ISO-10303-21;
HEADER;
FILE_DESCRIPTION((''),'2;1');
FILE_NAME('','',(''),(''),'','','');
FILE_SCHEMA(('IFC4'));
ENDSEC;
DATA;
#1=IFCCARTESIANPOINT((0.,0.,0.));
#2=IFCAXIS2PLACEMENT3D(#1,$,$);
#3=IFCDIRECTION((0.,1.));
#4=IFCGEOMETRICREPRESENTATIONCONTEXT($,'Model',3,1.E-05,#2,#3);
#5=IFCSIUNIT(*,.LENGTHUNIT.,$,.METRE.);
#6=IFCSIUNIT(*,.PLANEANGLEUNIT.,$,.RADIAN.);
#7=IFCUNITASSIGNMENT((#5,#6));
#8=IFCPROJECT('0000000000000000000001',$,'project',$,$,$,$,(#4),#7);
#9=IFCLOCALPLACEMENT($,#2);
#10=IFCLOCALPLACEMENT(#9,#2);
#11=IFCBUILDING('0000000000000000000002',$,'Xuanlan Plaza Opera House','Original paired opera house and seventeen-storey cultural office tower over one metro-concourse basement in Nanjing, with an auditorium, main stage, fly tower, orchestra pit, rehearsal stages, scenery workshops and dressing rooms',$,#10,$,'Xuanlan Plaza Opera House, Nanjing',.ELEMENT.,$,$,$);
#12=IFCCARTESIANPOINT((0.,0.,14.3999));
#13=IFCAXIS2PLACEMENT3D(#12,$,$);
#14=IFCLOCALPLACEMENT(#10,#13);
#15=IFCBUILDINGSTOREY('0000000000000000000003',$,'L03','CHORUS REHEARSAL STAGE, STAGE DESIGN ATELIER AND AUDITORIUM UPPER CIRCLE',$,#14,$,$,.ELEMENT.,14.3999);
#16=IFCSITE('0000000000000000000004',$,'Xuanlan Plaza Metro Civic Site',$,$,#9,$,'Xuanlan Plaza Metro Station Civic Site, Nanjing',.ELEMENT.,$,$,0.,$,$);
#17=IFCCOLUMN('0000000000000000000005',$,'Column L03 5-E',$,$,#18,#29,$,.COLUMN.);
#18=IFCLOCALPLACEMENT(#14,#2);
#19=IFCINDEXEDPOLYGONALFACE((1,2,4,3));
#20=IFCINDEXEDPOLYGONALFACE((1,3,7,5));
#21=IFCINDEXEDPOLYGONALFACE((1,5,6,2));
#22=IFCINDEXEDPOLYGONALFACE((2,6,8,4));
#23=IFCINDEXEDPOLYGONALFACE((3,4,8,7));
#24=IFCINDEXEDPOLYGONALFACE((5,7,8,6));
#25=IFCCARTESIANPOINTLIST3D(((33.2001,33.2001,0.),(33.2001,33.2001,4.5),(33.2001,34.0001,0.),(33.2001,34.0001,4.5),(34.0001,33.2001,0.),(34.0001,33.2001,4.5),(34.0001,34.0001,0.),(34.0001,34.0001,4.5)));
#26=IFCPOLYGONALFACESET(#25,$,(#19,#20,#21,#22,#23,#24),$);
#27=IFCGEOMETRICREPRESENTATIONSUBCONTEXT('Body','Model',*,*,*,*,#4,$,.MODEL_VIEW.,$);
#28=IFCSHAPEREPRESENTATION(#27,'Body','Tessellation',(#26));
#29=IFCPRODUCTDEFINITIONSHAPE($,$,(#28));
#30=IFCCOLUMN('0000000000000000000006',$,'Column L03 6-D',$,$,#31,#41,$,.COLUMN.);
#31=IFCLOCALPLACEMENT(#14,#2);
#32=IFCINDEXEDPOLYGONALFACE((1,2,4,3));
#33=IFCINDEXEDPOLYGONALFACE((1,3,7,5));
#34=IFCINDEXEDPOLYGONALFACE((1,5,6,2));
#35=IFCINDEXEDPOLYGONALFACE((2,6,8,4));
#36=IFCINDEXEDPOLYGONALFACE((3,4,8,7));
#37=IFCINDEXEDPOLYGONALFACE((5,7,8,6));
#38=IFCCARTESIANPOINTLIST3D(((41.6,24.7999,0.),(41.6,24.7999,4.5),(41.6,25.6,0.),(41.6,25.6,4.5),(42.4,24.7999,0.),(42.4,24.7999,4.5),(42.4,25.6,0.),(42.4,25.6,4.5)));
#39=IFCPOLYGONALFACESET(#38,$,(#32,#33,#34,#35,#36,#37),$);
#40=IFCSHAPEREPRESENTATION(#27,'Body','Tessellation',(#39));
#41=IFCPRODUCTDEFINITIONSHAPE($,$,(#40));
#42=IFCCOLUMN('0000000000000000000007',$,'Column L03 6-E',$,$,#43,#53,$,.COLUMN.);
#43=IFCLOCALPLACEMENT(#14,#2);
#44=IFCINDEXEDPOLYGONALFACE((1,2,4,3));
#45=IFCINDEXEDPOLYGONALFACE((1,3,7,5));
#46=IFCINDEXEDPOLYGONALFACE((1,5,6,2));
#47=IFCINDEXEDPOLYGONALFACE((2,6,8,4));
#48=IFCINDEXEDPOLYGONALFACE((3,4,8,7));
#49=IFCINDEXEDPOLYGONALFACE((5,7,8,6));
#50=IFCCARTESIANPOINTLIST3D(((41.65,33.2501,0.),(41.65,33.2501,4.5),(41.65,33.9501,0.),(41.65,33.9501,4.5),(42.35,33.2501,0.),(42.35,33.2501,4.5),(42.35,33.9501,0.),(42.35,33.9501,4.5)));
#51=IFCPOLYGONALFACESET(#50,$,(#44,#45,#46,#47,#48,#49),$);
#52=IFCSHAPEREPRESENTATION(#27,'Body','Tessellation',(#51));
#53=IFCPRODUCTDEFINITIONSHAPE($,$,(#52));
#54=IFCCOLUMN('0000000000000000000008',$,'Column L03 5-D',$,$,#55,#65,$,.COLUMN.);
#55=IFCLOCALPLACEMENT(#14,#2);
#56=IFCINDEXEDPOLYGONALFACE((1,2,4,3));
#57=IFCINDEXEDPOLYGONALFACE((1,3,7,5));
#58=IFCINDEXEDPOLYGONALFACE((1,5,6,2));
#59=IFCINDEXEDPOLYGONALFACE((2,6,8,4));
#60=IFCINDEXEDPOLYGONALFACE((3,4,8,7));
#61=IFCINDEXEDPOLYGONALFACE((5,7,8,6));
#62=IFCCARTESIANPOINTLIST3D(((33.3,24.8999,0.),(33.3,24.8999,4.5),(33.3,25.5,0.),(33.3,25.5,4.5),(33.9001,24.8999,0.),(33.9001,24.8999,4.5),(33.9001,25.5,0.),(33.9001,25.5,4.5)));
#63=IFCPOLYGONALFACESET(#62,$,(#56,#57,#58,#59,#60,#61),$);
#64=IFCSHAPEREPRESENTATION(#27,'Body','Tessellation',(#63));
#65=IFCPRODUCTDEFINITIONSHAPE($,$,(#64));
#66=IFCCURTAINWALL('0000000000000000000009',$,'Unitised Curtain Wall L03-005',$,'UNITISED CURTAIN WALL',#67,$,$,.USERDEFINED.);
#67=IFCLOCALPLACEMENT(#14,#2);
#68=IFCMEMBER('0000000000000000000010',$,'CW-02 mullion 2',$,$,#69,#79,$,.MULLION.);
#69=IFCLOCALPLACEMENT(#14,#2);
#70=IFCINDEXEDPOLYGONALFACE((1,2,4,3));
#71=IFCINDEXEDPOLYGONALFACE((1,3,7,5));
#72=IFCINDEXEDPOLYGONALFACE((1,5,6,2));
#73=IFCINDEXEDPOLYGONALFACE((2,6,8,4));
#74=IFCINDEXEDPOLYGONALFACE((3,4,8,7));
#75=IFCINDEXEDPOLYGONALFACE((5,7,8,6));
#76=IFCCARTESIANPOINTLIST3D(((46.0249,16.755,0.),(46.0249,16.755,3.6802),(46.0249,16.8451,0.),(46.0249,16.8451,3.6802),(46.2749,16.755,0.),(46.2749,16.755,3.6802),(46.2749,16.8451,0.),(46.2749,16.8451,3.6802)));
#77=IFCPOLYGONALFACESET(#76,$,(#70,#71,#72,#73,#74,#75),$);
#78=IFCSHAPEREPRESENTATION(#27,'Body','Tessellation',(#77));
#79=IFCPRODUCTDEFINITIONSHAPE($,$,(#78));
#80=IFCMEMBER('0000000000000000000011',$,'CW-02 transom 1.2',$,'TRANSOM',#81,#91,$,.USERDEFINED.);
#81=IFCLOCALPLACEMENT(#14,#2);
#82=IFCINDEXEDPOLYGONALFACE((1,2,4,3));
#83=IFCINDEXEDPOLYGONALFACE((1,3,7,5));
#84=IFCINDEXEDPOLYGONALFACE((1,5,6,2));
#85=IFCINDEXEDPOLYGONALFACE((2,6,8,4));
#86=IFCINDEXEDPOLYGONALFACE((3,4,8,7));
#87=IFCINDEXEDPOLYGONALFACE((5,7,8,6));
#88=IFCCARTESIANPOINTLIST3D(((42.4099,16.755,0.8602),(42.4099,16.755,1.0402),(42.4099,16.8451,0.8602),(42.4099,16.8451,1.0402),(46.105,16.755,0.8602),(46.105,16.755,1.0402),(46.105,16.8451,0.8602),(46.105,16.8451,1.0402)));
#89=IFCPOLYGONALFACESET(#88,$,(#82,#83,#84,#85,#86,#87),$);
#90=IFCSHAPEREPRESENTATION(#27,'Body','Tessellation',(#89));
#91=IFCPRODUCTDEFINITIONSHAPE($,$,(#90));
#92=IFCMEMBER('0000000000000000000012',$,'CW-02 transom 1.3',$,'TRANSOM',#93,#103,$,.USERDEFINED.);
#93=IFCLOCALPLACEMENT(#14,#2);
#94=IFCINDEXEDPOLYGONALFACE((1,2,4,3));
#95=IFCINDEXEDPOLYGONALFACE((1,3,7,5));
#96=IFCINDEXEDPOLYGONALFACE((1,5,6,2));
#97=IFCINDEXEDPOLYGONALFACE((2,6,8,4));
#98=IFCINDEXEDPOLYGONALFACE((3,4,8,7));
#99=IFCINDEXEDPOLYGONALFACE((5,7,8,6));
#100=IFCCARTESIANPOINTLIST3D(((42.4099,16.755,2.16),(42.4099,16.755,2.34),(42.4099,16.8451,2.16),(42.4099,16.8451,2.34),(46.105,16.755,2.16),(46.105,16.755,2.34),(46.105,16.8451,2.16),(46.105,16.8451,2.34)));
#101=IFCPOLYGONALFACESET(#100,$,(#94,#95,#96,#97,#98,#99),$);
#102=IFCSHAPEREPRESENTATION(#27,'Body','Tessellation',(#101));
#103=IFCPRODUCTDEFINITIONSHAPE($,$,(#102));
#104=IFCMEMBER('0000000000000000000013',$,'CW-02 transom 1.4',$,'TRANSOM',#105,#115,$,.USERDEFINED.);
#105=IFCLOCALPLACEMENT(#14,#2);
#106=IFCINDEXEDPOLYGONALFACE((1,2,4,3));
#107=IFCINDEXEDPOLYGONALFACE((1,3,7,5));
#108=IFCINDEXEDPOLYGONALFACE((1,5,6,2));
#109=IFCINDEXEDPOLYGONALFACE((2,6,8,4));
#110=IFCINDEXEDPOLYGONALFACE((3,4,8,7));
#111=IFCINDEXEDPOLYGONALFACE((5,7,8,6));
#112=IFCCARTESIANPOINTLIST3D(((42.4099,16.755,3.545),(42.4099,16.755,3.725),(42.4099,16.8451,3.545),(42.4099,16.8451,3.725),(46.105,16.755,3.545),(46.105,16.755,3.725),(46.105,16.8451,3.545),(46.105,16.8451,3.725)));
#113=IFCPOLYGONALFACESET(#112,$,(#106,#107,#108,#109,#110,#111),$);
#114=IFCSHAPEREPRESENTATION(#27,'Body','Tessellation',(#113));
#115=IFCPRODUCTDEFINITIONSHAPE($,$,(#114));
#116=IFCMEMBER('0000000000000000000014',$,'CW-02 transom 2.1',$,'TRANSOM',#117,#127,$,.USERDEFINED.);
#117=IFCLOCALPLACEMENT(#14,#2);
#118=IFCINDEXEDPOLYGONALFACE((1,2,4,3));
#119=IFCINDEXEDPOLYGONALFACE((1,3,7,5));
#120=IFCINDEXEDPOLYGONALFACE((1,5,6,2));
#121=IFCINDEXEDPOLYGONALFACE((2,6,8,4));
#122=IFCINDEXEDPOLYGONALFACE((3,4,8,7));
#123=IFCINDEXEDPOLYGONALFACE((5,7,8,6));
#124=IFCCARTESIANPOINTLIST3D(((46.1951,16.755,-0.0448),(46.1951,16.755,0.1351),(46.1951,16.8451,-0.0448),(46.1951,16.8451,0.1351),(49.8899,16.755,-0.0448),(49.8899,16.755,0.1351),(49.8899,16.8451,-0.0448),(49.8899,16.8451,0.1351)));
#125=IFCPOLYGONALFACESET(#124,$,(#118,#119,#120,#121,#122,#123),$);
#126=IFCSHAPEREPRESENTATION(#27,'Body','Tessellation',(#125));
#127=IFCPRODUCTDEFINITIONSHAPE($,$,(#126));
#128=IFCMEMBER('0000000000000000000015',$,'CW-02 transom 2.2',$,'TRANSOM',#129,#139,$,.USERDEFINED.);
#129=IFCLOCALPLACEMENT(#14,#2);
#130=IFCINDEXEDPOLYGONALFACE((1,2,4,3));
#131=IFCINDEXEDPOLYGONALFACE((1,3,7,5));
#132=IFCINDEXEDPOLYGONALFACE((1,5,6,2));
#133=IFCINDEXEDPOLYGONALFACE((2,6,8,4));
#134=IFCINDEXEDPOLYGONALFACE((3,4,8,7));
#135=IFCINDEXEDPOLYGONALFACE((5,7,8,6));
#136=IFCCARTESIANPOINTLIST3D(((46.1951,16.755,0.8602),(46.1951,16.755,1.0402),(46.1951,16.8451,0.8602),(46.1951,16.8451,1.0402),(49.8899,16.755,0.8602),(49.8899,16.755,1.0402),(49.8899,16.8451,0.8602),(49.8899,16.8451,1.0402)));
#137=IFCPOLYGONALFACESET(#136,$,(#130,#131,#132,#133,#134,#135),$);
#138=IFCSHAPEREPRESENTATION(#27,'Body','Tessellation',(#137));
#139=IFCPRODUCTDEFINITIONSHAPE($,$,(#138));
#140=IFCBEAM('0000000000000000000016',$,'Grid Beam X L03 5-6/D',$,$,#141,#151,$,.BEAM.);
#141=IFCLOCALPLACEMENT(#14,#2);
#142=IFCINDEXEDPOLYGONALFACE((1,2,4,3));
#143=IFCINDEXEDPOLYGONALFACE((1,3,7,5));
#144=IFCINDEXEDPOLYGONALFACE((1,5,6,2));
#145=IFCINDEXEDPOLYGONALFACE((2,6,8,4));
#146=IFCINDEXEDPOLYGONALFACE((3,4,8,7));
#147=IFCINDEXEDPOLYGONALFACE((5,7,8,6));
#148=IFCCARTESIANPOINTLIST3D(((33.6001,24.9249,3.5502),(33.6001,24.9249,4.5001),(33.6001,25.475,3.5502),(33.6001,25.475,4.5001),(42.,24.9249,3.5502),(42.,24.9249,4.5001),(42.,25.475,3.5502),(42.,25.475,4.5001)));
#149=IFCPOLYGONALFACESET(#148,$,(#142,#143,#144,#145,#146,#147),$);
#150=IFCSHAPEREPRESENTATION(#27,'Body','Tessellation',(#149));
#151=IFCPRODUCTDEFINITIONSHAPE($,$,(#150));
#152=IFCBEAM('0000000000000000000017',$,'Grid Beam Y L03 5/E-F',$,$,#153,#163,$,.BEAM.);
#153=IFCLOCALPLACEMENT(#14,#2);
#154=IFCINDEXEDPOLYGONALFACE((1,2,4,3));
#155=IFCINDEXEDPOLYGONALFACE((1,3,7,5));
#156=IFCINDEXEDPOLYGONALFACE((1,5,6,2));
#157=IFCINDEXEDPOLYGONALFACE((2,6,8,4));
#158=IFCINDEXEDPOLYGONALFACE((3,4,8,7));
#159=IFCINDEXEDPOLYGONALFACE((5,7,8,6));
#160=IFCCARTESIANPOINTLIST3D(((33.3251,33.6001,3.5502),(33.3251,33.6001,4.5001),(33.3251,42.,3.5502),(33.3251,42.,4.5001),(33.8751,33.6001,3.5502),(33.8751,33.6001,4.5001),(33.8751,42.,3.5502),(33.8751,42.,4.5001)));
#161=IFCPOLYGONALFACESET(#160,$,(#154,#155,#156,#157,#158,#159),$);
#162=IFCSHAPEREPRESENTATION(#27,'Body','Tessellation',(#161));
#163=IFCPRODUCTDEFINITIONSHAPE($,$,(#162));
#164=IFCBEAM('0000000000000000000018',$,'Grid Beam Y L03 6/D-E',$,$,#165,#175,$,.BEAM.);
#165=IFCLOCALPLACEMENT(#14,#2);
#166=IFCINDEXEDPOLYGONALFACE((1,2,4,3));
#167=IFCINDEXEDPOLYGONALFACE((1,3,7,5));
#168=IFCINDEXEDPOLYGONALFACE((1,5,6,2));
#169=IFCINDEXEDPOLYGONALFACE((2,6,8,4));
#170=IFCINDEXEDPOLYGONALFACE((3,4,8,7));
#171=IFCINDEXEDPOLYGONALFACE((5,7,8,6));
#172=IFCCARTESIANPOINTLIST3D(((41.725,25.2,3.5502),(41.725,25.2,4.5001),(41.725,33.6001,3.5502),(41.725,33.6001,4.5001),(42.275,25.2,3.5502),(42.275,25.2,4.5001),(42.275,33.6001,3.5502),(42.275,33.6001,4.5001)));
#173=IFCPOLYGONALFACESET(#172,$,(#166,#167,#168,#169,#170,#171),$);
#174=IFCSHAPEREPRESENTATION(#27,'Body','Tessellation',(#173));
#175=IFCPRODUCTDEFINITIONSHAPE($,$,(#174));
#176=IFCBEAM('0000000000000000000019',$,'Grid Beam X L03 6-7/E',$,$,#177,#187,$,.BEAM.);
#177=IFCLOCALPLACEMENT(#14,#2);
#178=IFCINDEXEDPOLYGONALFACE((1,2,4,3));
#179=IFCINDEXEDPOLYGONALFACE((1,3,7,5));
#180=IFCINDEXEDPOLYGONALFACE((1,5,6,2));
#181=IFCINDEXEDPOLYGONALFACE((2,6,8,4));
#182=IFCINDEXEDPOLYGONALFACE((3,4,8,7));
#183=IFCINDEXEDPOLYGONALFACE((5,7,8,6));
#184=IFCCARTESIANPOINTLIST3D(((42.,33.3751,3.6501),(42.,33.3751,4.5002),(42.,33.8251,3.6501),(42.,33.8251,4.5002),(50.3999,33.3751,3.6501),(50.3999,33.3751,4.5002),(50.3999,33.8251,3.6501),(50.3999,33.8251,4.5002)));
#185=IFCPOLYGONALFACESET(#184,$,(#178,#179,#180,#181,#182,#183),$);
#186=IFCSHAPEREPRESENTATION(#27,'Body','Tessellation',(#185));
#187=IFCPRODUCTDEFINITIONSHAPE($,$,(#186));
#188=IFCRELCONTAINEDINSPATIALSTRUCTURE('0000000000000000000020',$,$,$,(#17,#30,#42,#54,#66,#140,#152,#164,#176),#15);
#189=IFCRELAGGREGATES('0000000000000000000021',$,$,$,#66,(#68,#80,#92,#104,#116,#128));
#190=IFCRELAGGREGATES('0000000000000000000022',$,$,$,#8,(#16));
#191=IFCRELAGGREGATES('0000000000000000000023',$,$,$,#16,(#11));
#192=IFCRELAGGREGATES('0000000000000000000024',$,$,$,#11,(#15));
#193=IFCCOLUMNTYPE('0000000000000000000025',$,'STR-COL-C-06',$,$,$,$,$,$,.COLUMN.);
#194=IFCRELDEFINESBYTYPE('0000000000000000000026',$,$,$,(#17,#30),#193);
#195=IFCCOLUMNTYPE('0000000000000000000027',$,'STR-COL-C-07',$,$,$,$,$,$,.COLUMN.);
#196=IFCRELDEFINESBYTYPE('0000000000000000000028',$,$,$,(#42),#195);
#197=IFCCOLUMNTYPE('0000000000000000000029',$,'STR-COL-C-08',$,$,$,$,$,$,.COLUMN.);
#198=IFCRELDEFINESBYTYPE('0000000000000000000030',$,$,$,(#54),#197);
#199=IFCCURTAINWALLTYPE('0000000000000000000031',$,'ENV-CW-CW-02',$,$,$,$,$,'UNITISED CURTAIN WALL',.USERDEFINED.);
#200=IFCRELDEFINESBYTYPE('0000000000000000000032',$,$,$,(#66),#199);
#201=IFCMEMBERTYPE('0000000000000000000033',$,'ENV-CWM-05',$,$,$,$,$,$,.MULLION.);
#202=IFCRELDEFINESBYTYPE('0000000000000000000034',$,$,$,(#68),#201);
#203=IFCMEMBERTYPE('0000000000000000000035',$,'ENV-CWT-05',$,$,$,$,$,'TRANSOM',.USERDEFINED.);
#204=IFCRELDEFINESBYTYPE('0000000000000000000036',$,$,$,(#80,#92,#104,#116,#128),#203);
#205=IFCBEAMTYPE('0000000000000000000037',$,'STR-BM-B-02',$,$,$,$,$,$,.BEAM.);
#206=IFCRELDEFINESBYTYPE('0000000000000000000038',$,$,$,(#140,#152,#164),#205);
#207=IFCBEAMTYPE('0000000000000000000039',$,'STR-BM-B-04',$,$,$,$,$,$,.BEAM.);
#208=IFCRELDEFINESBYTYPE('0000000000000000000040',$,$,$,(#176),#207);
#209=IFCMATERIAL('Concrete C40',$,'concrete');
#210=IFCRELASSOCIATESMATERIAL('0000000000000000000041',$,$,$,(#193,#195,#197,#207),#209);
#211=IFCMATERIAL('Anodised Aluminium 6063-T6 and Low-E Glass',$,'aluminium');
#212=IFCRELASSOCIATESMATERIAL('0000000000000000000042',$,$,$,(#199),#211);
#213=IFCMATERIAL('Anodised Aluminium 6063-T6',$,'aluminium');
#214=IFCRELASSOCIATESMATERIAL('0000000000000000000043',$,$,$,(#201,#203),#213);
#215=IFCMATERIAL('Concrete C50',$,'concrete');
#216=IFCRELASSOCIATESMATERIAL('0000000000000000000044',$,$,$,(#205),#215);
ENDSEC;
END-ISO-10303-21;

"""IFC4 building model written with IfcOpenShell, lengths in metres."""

from ifc_helpers import new_model, si_unit, direction, frame, origin, origin_2d, place, context, subcontext, project, spatial, rectangle, extrude, material, material_profile, profile_set, type_object, element, aggregate, save


model = new_model("IFC4")

# Units and contexts
model_context = context("Model", 3, precision=1e-05, world=origin(), true_north=direction((0.0, 1.0)))
body_context = subcontext(model_context, "Body", "Model", "MODEL_VIEW")
ifc_project = project(units=[si_unit("LENGTHUNIT", "METRE"), si_unit("PLANEANGLEUNIT", "RADIAN")], contexts=[model_context])

# Site, building, storey
site_placement = place(None, origin())
site = spatial("IfcSite", under=ifc_project, at=site_placement, Name="Xuanlan Plaza Metro Civic Site", LongName="Xuanlan Plaza Metro Station Civic Site, Nanjing", CompositionType="ELEMENT", RefElevation=0.0)
building_placement = place(site_placement, origin())
building = spatial("IfcBuilding", under=site, at=building_placement, Name="Xuanlan Plaza Opera House", Description="Original paired opera house and seventeen-storey cultural office tower over one metro-concourse basement in Nanjing, with an auditorium, main stage, fly tower, orchestra pit, rehearsal stages, scenery workshops and dressing rooms", LongName="Xuanlan Plaza Opera House, Nanjing", CompositionType="ELEMENT")
storey_placement = place(building_placement, frame((0.0, 0.0, 14.3999)))
storey = spatial("IfcBuildingStorey", under=building, at=storey_placement, Name="L03", Description="CHORUS REHEARSAL STAGE, STAGE DESIGN ATELIER AND AUDITORIUM UPPER CIRCLE", CompositionType="ELEMENT", Elevation=14.3999)

# Columns
ifc_material_1 = material(Name="Concrete C40", Category="concrete")
ifc_material_profile_1 = material_profile(ifc_material_1, rectangle(XDim=0.8, YDim=0.8, at=origin_2d()), Name="RC-COL 800x800")
ifc_profile_set_1 = profile_set([ifc_material_profile_1], Name="Concrete C40")
column_type_1 = type_object("IfcColumnType", Name="STR-COL-C-06", PredefinedType="COLUMN", material=ifc_profile_set_1)
for number, where, z_axis, x_axis, name in (
    (1, (33.6001, 33.6001, 0.0), (0.0, 0.0, 1.0), (1.0, 0.0, 0.0), "Column L03 5-E"),
    (2, (42.0, 25.2, 0.0), (0.0, 0.0, 1.0), (1.0, 0.0, 0.0), "Column L03 6-D"),
):
    element("IfcColumn", number, at=place(storey_placement, frame(where, z_axis=z_axis, x_axis=x_axis)), inside=storey, type_object=column_type_1, Name=name, PredefinedType="COLUMN", context=body_context, shape_type="SweptSolid", body=[
        extrude(rectangle(XDim=0.8, YDim=0.8, at=origin_2d()), origin(), (0.0, 0.0, 1.0), 4.5),
    ])
ifc_material_profile_2 = material_profile(ifc_material_1, rectangle(XDim=0.7, YDim=0.7, at=origin_2d()), Name="RC-COL 700x700")
ifc_profile_set_2 = profile_set([ifc_material_profile_2], Name="Concrete C40")
column_type_2 = type_object("IfcColumnType", Name="STR-COL-C-07", PredefinedType="COLUMN", material=ifc_profile_set_2)
column_1_placement = place(storey_placement, frame((42.0, 33.6001, 0.0), z_axis=(0.0, 0.0, 1.0), x_axis=(1.0, 0.0, 0.0)))
element("IfcColumn", 3, at=column_1_placement, inside=storey, type_object=column_type_2, Name="Column L03 6-E", PredefinedType="COLUMN", context=body_context, shape_type="SweptSolid", body=[
    extrude(rectangle(XDim=0.7, YDim=0.7, at=origin_2d()), origin(), (0.0, 0.0, 1.0), 4.5),
])
ifc_material_profile_3 = material_profile(ifc_material_1, rectangle(XDim=0.6001, YDim=0.6001, at=origin_2d()), Name="RC-COL 600x600")
ifc_profile_set_3 = profile_set([ifc_material_profile_3], Name="Concrete C40")
column_type_3 = type_object("IfcColumnType", Name="STR-COL-C-08", PredefinedType="COLUMN", material=ifc_profile_set_3)
column_2_placement = place(storey_placement, frame((33.6001, 25.2, 0.0), z_axis=(0.0, 0.0, 1.0), x_axis=(1.0, 0.0, 0.0)))
element("IfcColumn", 4, at=column_2_placement, inside=storey, type_object=column_type_3, Name="Column L03 5-D", PredefinedType="COLUMN", context=body_context, shape_type="SweptSolid", body=[
    extrude(rectangle(XDim=0.6001, YDim=0.6001, at=origin_2d()), origin(), (0.0, 0.0, 1.0), 4.5),
])

# Curtain wall, members
ifc_material_2 = material(Name="Anodised Aluminium 6063-T6 and Low-E Glass", Category="aluminium")
curtain_wall_type = type_object("IfcCurtainWallType", Name="ENV-CW-CW-02", ElementType="UNITISED CURTAIN WALL", PredefinedType="USERDEFINED", material=ifc_material_2)
curtain_wall_placement = place(storey_placement, origin())
curtain_wall = element("IfcCurtainWall", 5, at=curtain_wall_placement, inside=storey, type_object=curtain_wall_type, Name="Unitised Curtain Wall L03-005", ObjectType="UNITISED CURTAIN WALL", PredefinedType="USERDEFINED")
ifc_material_3 = material(Name="Anodised Aluminium 6063-T6", Category="aluminium")
ifc_material_profile_4 = material_profile(ifc_material_3, rectangle(XDim=0.0901, YDim=0.25, at=origin_2d()), Name="ALU-M 90x250")
ifc_profile_set_4 = profile_set([ifc_material_profile_4], Name="Anodised Aluminium 6063-T6")
member_type_1 = type_object("IfcMemberType", Name="ENV-CWM-05", PredefinedType="MULLION", material=ifc_profile_set_4)
member_1_placement = place(storey_placement, frame((46.1499, 16.8, 0.0), z_axis=(0.0, 0.0, 1.0), x_axis=(0.0, 1.0, 0.0)))
member_1 = element("IfcMember", 6, at=member_1_placement, type_object=member_type_1, Name="CW-02 mullion 2", PredefinedType="MULLION", context=body_context, shape_type="SweptSolid", body=[
    extrude(rectangle(XDim=0.0901, YDim=0.25, at=origin_2d()), origin(), (0.0, 0.0, 1.0), 3.6802),
])
ifc_material_profile_5 = material_profile(ifc_material_3, rectangle(XDim=0.0901, YDim=0.1799, at=origin_2d()), Name="ALU-T 90x180")
ifc_profile_set_5 = profile_set([ifc_material_profile_5], Name="Anodised Aluminium 6063-T6")
member_type_2 = type_object("IfcMemberType", Name="ENV-CWT-05", ElementType="TRANSOM", PredefinedType="USERDEFINED", material=ifc_profile_set_5)
member_2_placement = place(storey_placement, frame((42.4099, 16.8, 0.9502), z_axis=(1.0, 0.0, 0.0), x_axis=(0.0, 1.0, 0.0)))
member_2 = element("IfcMember", 7, at=member_2_placement, type_object=member_type_2, Name="CW-02 transom 1.2", ObjectType="TRANSOM", PredefinedType="USERDEFINED", context=body_context, shape_type="SweptSolid", body=[
    extrude(rectangle(XDim=0.0901, YDim=0.1799, at=origin_2d()), origin(), (0.0, 0.0, 1.0), 3.6951),
])
member_3_placement = place(storey_placement, frame((42.4099, 16.8, 2.25), z_axis=(1.0, 0.0, 0.0), x_axis=(0.0, 1.0, 0.0)))
member_3 = element("IfcMember", 8, at=member_3_placement, type_object=member_type_2, Name="CW-02 transom 1.3", ObjectType="TRANSOM", PredefinedType="USERDEFINED", context=body_context, shape_type="SweptSolid", body=[
    extrude(rectangle(XDim=0.0901, YDim=0.1799, at=origin_2d()), origin(), (0.0, 0.0, 1.0), 3.6951),
])
member_4_placement = place(storey_placement, frame((42.4099, 16.8, 3.635), z_axis=(1.0, 0.0, 0.0), x_axis=(0.0, 1.0, 0.0)))
member_4 = element("IfcMember", 9, at=member_4_placement, type_object=member_type_2, Name="CW-02 transom 1.4", ObjectType="TRANSOM", PredefinedType="USERDEFINED", context=body_context, shape_type="SweptSolid", body=[
    extrude(rectangle(XDim=0.0901, YDim=0.1799, at=origin_2d()), origin(), (0.0, 0.0, 1.0), 3.6951),
])
member_5_placement = place(storey_placement, frame((46.1951, 16.8, 0.0452), z_axis=(1.0, 0.0, 0.0), x_axis=(0.0, 1.0, 0.0)))
member_5 = element("IfcMember", 10, at=member_5_placement, type_object=member_type_2, Name="CW-02 transom 2.1", ObjectType="TRANSOM", PredefinedType="USERDEFINED", context=body_context, shape_type="SweptSolid", body=[
    extrude(rectangle(XDim=0.0901, YDim=0.1799, at=origin_2d()), origin(), (0.0, 0.0, 1.0), 3.6948),
])
member_6_placement = place(storey_placement, frame((46.1951, 16.8, 0.9502), z_axis=(1.0, 0.0, 0.0), x_axis=(0.0, 1.0, 0.0)))
member_6 = element("IfcMember", 11, at=member_6_placement, type_object=member_type_2, Name="CW-02 transom 2.2", ObjectType="TRANSOM", PredefinedType="USERDEFINED", context=body_context, shape_type="SweptSolid", body=[
    extrude(rectangle(XDim=0.0901, YDim=0.1799, at=origin_2d()), origin(), (0.0, 0.0, 1.0), 3.6948),
])

# Beams
ifc_material_4 = material(Name="Concrete C50", Category="concrete")
ifc_material_profile_6 = material_profile(ifc_material_4, rectangle(XDim=0.55, YDim=0.95, at=origin_2d()), Name="RC-BM 550x950")
ifc_profile_set_6 = profile_set([ifc_material_profile_6], Name="Concrete C50")
beam_type_1 = type_object("IfcBeamType", Name="STR-BM-B-02", PredefinedType="BEAM", material=ifc_profile_set_6)
for number, where, z_axis, x_axis, name in (
    (12, (33.6001, 25.2, 4.0251), (1.0, 0.0, 0.0), (0.0, 1.0, 0.0), "Grid Beam X L03 5-6/D"),
    (13, (33.6001, 33.6001, 4.0251), (0.0, 1.0, 0.0), (-1.0, 0.0, 0.0), "Grid Beam Y L03 5/E-F"),
):
    element("IfcBeam", number, at=place(storey_placement, frame(where, z_axis=z_axis, x_axis=x_axis)), inside=storey, type_object=beam_type_1, Name=name, PredefinedType="BEAM", context=body_context, shape_type="SweptSolid", body=[
        extrude(rectangle(XDim=0.55, YDim=0.95, at=origin_2d()), origin(), (0.0, 0.0, 1.0), 8.3999),
    ])
beam_1_placement = place(storey_placement, frame((42.0, 25.2, 4.0251), z_axis=(0.0, 1.0, 0.0), x_axis=(-1.0, 0.0, 0.0)))
element("IfcBeam", 14, at=beam_1_placement, inside=storey, type_object=beam_type_1, Name="Grid Beam Y L03 6/D-E", PredefinedType="BEAM", context=body_context, shape_type="SweptSolid", body=[
    extrude(rectangle(XDim=0.55, YDim=0.95, at=origin_2d()), origin(), (0.0, 0.0, 1.0), 8.4001),
])
ifc_material_profile_7 = material_profile(ifc_material_1, rectangle(XDim=0.45, YDim=0.8501, at=origin_2d()), Name="RC-BM 450x850")
ifc_profile_set_7 = profile_set([ifc_material_profile_7], Name="Concrete C40")
beam_type_2 = type_object("IfcBeamType", Name="STR-BM-B-04", PredefinedType="BEAM", material=ifc_profile_set_7)
for number, where, z_axis, x_axis, name in (
    (15, (42.0, 33.6001, 4.0752), (1.0, 0.0, 0.0), (0.0, 1.0, 0.0), "Grid Beam X L03 6-7/E"),
):
    element("IfcBeam", number, at=place(storey_placement, frame(where, z_axis=z_axis, x_axis=x_axis)), inside=storey, type_object=beam_type_2, Name=name, PredefinedType="BEAM", context=body_context, shape_type="SweptSolid", body=[
        extrude(rectangle(XDim=0.45, YDim=0.8501, at=origin_2d()), origin(), (0.0, 0.0, 1.0), 8.3999),
    ])

aggregate(curtain_wall, [member_1, member_2, member_3, member_4, member_5, member_6])

save(model, "model.ifc")
